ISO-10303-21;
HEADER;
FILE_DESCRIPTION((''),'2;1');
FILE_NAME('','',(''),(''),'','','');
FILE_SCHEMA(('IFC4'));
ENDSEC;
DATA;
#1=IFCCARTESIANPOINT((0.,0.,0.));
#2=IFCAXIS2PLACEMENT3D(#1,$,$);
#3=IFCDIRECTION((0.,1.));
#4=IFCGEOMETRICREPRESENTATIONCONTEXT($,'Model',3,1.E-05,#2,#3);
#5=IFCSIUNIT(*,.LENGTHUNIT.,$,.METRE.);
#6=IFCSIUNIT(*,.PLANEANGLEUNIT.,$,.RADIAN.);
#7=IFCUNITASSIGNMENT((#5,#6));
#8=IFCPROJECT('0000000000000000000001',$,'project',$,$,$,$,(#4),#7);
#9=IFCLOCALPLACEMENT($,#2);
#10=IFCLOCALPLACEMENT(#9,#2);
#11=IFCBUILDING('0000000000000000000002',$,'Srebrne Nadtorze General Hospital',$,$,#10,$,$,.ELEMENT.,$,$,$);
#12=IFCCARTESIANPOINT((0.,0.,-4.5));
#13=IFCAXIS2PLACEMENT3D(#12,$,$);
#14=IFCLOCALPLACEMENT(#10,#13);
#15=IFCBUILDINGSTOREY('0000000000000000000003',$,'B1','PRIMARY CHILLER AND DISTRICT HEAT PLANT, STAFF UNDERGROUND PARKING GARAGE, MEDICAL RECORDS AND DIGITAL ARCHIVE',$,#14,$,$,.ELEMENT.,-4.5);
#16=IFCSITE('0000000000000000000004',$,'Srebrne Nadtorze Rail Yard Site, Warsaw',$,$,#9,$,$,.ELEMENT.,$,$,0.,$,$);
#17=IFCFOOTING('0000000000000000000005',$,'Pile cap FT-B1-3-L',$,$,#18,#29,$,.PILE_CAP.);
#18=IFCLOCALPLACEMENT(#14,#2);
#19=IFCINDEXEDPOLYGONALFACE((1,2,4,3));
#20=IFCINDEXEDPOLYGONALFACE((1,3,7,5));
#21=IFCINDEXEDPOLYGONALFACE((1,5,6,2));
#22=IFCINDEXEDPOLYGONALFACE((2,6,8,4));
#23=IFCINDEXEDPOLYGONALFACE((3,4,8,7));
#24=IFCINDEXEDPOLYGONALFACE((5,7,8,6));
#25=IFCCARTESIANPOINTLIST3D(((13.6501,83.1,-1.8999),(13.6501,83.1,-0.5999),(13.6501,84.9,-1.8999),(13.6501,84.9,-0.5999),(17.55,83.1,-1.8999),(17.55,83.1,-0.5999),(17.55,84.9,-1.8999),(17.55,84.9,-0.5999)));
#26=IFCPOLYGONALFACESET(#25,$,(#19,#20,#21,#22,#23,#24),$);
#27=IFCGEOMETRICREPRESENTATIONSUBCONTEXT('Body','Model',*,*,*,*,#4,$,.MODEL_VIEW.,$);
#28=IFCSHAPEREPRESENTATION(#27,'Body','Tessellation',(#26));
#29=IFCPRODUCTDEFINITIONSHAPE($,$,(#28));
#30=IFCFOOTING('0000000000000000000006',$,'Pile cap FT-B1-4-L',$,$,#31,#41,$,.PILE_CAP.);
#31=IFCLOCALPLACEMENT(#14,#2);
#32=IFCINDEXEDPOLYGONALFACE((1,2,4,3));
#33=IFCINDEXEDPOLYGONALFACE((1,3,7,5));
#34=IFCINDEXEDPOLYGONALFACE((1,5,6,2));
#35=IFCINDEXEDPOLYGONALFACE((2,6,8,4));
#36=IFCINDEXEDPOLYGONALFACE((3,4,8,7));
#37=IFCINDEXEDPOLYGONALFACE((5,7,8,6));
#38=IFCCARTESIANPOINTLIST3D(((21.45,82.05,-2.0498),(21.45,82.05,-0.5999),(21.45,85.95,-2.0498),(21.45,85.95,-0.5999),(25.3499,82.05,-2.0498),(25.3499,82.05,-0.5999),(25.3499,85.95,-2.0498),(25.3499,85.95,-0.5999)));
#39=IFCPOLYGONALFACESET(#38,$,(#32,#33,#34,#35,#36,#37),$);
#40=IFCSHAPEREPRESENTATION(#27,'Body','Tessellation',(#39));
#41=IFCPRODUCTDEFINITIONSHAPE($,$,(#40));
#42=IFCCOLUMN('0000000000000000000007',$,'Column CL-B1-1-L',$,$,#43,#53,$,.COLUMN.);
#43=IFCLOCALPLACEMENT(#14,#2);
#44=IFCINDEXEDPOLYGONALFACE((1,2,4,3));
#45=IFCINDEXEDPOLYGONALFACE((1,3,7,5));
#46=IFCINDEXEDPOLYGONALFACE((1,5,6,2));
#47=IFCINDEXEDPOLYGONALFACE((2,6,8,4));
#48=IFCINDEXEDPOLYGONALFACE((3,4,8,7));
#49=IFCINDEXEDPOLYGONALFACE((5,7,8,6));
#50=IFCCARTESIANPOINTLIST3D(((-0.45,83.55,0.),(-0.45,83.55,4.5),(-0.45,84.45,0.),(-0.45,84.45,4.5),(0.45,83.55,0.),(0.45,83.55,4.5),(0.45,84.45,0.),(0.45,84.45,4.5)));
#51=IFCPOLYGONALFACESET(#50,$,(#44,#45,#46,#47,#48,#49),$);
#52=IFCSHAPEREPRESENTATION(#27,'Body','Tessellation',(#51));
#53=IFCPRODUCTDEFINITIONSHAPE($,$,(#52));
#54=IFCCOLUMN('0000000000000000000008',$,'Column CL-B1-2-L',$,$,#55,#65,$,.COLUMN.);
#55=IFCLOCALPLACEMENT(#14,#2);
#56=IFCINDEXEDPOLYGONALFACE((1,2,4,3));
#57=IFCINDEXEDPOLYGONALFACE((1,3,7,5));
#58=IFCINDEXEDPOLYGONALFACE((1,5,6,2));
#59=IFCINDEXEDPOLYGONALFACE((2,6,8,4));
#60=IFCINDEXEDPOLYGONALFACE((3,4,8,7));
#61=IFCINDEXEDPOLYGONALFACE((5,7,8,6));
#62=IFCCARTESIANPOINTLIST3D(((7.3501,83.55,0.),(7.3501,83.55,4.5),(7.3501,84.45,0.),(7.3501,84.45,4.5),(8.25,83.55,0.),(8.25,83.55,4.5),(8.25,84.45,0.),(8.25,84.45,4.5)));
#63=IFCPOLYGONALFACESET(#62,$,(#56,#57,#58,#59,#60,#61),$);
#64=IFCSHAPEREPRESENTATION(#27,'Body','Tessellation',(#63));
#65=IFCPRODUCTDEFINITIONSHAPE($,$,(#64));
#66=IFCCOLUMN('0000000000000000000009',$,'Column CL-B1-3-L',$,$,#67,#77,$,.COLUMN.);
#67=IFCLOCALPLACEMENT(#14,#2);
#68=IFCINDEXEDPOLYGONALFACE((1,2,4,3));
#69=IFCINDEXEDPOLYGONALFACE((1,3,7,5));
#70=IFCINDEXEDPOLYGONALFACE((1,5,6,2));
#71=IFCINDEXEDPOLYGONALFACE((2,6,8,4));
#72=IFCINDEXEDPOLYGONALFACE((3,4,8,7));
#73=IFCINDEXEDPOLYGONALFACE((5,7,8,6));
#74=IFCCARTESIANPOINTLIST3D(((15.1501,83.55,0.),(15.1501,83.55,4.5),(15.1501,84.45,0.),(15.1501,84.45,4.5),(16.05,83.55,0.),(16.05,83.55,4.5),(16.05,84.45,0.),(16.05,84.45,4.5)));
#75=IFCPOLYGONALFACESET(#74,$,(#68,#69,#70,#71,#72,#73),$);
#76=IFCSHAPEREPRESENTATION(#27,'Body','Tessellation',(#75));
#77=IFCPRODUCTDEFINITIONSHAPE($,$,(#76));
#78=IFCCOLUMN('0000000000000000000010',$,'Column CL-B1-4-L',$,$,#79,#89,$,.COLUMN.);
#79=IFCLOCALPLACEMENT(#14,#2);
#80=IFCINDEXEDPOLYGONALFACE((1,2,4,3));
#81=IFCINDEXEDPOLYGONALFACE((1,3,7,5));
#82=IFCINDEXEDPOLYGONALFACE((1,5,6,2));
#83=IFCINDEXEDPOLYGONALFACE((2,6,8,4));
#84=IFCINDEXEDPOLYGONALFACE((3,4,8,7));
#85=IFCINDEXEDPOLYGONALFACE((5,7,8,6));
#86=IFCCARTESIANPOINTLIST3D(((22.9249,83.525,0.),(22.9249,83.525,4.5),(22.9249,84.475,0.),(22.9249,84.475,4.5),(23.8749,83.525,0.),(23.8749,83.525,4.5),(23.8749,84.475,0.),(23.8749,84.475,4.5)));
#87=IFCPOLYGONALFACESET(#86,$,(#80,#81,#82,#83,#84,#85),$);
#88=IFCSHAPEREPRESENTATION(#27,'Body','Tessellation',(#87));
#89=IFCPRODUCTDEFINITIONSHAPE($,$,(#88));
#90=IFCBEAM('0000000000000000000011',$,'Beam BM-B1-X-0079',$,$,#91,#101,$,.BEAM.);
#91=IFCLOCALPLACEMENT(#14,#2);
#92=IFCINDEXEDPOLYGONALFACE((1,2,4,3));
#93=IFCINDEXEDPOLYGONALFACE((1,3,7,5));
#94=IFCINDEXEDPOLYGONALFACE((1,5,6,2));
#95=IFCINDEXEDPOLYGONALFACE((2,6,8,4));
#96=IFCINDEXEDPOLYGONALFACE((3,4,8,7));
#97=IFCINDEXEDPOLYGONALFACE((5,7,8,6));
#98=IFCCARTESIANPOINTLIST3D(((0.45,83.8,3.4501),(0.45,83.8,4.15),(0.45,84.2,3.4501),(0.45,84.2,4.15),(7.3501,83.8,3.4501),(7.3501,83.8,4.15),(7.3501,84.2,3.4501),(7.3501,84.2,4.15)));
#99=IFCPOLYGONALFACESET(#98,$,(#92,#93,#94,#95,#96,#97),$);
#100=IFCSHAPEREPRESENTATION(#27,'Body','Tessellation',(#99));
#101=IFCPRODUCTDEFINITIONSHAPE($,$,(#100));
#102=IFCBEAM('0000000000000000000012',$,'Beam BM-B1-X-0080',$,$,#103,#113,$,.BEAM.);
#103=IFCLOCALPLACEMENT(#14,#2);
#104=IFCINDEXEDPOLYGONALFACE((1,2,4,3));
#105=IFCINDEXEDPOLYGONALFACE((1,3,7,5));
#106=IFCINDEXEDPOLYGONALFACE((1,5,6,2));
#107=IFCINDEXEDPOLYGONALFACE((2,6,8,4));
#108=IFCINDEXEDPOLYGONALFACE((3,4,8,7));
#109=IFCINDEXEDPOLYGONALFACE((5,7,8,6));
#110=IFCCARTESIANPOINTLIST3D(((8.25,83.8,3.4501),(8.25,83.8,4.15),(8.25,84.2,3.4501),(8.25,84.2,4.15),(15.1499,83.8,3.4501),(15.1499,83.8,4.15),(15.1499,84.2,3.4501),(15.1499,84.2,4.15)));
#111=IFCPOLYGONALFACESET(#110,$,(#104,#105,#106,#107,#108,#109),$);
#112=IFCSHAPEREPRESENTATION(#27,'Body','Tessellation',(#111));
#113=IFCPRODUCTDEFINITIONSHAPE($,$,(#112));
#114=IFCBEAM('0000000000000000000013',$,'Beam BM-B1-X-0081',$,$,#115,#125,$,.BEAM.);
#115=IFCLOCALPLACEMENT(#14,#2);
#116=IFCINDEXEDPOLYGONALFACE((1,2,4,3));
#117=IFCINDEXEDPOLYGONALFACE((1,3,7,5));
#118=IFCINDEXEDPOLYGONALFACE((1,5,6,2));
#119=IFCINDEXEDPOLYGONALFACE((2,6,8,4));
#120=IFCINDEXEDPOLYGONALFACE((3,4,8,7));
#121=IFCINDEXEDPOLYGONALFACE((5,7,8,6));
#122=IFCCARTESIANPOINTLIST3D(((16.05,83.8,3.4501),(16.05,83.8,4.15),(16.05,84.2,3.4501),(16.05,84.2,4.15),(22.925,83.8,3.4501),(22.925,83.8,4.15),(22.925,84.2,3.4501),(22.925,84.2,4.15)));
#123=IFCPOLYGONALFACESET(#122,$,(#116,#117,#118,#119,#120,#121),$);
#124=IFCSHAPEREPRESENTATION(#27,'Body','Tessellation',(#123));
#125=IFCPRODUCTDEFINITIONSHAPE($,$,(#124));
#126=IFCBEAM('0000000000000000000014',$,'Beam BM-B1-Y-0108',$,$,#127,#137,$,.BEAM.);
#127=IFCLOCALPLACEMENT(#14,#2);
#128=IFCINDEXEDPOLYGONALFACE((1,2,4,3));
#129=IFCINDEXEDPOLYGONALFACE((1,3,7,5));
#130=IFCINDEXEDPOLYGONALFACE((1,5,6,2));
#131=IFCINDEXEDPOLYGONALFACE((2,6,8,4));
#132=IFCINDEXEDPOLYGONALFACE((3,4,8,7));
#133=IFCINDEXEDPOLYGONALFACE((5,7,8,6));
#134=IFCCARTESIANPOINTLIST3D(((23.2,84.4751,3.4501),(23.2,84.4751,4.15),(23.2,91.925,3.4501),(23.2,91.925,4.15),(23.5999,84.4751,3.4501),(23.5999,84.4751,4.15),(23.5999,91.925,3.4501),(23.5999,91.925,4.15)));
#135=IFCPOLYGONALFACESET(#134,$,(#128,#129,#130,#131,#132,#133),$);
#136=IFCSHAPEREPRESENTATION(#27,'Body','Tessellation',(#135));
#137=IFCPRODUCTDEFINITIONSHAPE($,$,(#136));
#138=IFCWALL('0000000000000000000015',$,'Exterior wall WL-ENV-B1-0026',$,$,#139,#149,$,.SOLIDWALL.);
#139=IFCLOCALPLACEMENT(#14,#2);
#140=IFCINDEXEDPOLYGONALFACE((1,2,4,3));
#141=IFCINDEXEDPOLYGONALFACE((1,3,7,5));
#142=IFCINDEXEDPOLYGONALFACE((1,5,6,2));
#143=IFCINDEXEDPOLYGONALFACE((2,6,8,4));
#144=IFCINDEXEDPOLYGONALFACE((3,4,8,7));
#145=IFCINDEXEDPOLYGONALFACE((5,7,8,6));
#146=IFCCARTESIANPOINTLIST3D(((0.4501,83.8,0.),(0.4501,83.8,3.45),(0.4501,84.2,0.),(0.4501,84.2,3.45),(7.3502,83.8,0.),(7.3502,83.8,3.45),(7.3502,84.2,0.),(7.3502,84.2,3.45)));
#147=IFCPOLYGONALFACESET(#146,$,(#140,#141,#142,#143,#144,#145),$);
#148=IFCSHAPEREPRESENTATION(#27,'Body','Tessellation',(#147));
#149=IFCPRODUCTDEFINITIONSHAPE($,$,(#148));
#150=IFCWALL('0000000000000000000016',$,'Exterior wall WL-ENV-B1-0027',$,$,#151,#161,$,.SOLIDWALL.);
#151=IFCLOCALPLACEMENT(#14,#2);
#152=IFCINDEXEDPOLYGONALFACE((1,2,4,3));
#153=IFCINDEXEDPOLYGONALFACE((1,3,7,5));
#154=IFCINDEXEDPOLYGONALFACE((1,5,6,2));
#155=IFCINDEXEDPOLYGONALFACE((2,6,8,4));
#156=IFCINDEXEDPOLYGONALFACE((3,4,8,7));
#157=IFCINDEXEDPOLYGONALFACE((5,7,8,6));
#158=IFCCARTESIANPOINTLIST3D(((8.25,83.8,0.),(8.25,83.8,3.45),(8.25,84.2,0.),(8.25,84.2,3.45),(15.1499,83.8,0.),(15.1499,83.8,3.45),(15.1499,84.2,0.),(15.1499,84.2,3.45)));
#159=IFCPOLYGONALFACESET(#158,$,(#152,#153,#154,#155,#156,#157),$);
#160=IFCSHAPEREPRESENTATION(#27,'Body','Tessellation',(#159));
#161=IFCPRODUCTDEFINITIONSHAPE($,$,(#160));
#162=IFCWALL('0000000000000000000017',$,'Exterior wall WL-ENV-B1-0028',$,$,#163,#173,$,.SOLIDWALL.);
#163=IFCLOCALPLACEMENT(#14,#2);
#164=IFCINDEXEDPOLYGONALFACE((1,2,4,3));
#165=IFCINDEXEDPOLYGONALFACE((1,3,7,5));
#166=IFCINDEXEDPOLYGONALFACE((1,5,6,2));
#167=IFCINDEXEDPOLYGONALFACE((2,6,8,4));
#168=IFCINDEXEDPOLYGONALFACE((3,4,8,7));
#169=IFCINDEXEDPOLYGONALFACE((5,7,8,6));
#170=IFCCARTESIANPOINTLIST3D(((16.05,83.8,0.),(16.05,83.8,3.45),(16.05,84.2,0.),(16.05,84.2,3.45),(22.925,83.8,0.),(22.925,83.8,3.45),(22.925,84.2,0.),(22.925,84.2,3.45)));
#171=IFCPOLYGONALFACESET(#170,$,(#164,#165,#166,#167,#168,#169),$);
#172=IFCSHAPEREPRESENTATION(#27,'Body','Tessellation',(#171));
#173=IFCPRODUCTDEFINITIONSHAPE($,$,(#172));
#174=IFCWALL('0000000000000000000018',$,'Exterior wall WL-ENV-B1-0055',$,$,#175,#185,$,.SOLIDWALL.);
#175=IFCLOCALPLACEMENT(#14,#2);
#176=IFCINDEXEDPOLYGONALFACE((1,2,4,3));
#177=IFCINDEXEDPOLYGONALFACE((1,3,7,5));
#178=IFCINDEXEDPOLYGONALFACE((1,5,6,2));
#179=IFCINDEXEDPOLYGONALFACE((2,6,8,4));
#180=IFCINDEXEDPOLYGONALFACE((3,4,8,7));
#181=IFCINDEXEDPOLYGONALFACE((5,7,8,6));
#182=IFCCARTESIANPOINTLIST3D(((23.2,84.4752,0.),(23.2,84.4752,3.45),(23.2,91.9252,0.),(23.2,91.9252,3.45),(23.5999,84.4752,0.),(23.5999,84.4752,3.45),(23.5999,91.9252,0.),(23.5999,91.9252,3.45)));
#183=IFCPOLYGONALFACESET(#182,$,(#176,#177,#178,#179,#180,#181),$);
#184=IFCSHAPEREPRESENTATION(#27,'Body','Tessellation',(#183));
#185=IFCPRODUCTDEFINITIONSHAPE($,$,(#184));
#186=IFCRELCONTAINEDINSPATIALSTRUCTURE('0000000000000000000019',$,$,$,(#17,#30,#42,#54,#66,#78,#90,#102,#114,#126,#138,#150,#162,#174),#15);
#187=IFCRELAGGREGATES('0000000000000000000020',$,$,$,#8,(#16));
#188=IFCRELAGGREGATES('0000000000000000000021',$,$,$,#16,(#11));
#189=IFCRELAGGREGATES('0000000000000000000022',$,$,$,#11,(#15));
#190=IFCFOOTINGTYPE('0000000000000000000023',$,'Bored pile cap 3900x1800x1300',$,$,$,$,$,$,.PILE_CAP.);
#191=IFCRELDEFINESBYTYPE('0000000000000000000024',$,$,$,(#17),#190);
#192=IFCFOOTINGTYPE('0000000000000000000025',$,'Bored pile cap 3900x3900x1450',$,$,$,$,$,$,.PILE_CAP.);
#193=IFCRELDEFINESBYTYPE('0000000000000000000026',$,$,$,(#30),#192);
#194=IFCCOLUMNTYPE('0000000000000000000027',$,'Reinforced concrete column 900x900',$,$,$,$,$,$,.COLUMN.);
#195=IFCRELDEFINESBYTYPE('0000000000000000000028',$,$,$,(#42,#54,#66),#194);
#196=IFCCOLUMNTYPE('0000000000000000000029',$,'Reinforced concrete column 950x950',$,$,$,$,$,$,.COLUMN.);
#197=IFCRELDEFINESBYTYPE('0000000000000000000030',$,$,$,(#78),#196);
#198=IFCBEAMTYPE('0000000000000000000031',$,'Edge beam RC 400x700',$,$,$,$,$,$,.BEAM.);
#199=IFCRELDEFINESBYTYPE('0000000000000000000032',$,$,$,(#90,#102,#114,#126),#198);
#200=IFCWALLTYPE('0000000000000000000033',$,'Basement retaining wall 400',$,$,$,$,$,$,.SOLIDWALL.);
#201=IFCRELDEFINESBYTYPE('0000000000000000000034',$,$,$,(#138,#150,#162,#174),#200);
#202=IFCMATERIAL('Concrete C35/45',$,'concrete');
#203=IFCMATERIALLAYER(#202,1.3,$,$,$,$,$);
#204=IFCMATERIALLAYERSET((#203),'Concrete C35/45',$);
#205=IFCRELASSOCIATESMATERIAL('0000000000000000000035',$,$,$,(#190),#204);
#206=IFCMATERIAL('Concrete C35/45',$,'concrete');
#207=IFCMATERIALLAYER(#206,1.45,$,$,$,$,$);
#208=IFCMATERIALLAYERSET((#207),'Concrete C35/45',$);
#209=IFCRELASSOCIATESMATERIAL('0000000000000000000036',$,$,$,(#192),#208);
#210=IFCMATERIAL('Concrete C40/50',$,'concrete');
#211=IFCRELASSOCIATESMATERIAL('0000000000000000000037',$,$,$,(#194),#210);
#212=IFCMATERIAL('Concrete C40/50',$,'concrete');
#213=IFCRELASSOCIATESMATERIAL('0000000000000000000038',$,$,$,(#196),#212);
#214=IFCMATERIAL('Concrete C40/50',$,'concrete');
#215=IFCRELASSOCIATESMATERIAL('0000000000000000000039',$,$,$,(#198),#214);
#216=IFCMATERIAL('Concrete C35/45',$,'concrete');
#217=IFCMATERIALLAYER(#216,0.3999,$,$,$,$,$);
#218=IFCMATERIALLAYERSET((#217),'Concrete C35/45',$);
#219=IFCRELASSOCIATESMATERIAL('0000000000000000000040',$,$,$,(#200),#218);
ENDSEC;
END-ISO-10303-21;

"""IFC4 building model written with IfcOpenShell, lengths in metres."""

from ifc_helpers import new_model, si_unit, direction, frame, frame_2d, origin, origin_2d, place, context, subcontext, project, spatial, rectangle, extrude, material, layer, layer_set, material_profile, profile_set, type_object, element, save


model = new_model("IFC4")

# Units and contexts
model_context = context("Model", 3, precision=1e-05, world=origin(), true_north=direction((0.0, 1.0)))
body_context = subcontext(model_context, "Body", "Model", "MODEL_VIEW")
ifc_project = project(units=[si_unit("LENGTHUNIT", "METRE"), si_unit("PLANEANGLEUNIT", "RADIAN")], contexts=[model_context])

# Site, building, storey
site_placement = place(None, origin())
site = spatial("IfcSite", under=ifc_project, at=site_placement, Name="Srebrne Nadtorze Rail Yard Site, Warsaw", CompositionType="ELEMENT", RefElevation=0.0)
building_placement = place(site_placement, origin())
building = spatial("IfcBuilding", under=site, at=building_placement, Name="Srebrne Nadtorze General Hospital", CompositionType="ELEMENT")
storey_placement = place(building_placement, frame((0.0, 0.0, -4.5)))
storey = spatial("IfcBuildingStorey", under=building, at=storey_placement, Name="B1", Description="PRIMARY CHILLER AND DISTRICT HEAT PLANT, STAFF UNDERGROUND PARKING GARAGE, MEDICAL RECORDS AND DIGITAL ARCHIVE", CompositionType="ELEMENT", Elevation=-4.5)

# Footings
ifc_material_1 = material(Name="Concrete C35/45", Category="concrete")
ifc_layer_1 = layer(ifc_material_1, 1.3)
ifc_layer_set_1 = layer_set([ifc_layer_1], Name="Concrete C35/45")
footing_type_1 = type_object("IfcFootingType", Name="Bored pile cap 3900x1800x1300", PredefinedType="PILE_CAP", material=ifc_layer_set_1)
for number, where, z_axis, x_axis, name in (
    (1, (15.6001, 84.0, -1.8999), (0.0, 0.0, 1.0), (1.0, 0.0, 0.0), "Pile cap FT-B1-3-L"),
):
    element("IfcFooting", number, at=place(storey_placement, frame(where, z_axis=z_axis, x_axis=x_axis)), inside=storey, type_object=footing_type_1, Name=name, PredefinedType="PILE_CAP", context=body_context, shape_type="SweptSolid", body=[
        extrude(rectangle(XDim=3.8999, YDim=1.8, at=origin_2d()), origin(), (0.0, 0.0, 1.0), 1.3),
    ])
ifc_material_2 = material(Name="Concrete C35/45", Category="concrete")
ifc_layer_2 = layer(ifc_material_2, 1.45)
ifc_layer_set_2 = layer_set([ifc_layer_2], Name="Concrete C35/45")
footing_type_2 = type_object("IfcFootingType", Name="Bored pile cap 3900x3900x1450", PredefinedType="PILE_CAP", material=ifc_layer_set_2)
footing_1_placement = place(storey_placement, frame((23.3999, 84.0, -2.0498), z_axis=(0.0, 0.0, 1.0), x_axis=(1.0, 0.0, 0.0)))
element("IfcFooting", 2, at=footing_1_placement, inside=storey, type_object=footing_type_2, Name="Pile cap FT-B1-4-L", PredefinedType="PILE_CAP", context=body_context, shape_type="SweptSolid", body=[
    extrude(rectangle(XDim=3.8999, YDim=3.8999, at=origin_2d()), origin(), (0.0, 0.0, 1.0), 1.45),
])

# Columns
ifc_material_3 = material(Name="Concrete C40/50", Category="concrete")
ifc_material_profile_1 = material_profile(ifc_material_3, rectangle(XDim=0.8999, YDim=0.8999, at=origin_2d()), Name="RC-COL-900x900")
ifc_profile_set_1 = profile_set([ifc_material_profile_1], Name="Concrete C40/50")
column_type_1 = type_object("IfcColumnType", Name="Reinforced concrete column 900x900", PredefinedType="COLUMN", material=ifc_profile_set_1)
for number, where, z_axis, x_axis, name in (
    (3, (0.0, 84.0, 0.0), (0.0, 0.0, 1.0), (1.0, 0.0, 0.0), "Column CL-B1-1-L"),
    (4, (7.8, 84.0, 0.0), (0.0, 0.0, 1.0), (1.0, 0.0, 0.0), "Column CL-B1-2-L"),
    (5, (15.6001, 84.0, 0.0), (0.0, 0.0, 1.0), (1.0, 0.0, 0.0), "Column CL-B1-3-L"),
):
    element("IfcColumn", number, at=place(storey_placement, frame(where, z_axis=z_axis, x_axis=x_axis)), inside=storey, type_object=column_type_1, Name=name, PredefinedType="COLUMN", context=body_context, shape_type="SweptSolid", body=[
        extrude(rectangle(XDim=0.8999, YDim=0.8999, at=origin_2d()), origin(), (0.0, 0.0, 1.0), 4.5),
    ])
ifc_material_4 = material(Name="Concrete C40/50", Category="concrete")
ifc_material_profile_2 = material_profile(ifc_material_4, rectangle(XDim=0.95, YDim=0.95, at=origin_2d()), Name="RC-COL-950x950")
ifc_profile_set_2 = profile_set([ifc_material_profile_2], Name="Concrete C40/50")
column_type_2 = type_object("IfcColumnType", Name="Reinforced concrete column 950x950", PredefinedType="COLUMN", material=ifc_profile_set_2)
column_placement = place(storey_placement, frame((23.3999, 84.0, 0.0), z_axis=(0.0, 0.0, 1.0), x_axis=(1.0, 0.0, 0.0)))
element("IfcColumn", 6, at=column_placement, inside=storey, type_object=column_type_2, Name="Column CL-B1-4-L", PredefinedType="COLUMN", context=body_context, shape_type="SweptSolid", body=[
    extrude(rectangle(XDim=0.95, YDim=0.95, at=origin_2d()), origin(), (0.0, 0.0, 1.0), 4.5),
])

# Beams
ifc_material_5 = material(Name="Concrete C40/50", Category="concrete")
ifc_material_profile_3 = material_profile(ifc_material_5, rectangle(XDim=0.3999, YDim=0.7, at=origin_2d()), Name="RC-BM-400x700")
ifc_profile_set_3 = profile_set([ifc_material_profile_3], Name="Concrete C40/50")
beam_type = type_object("IfcBeamType", Name="Edge beam RC 400x700", PredefinedType="BEAM", material=ifc_profile_set_3)
beam_1_placement = place(storey_placement, frame((0.45, 84.0, 3.8), z_axis=(1.0, 0.0, 0.0), x_axis=(0.0, 1.0, 0.0)))
element("IfcBeam", 7, at=beam_1_placement, inside=storey, type_object=beam_type, Name="Beam BM-B1-X-0079", PredefinedType="BEAM", context=body_context, shape_type="SweptSolid", body=[
    extrude(rectangle(XDim=0.3999, YDim=0.7, at=origin_2d()), origin(), (0.0, 0.0, 1.0), 6.9001),
])
beam_2_placement = place(storey_placement, frame((8.25, 84.0, 3.8), z_axis=(1.0, 0.0, 0.0), x_axis=(0.0, 1.0, 0.0)))
element("IfcBeam", 8, at=beam_2_placement, inside=storey, type_object=beam_type, Name="Beam BM-B1-X-0080", PredefinedType="BEAM", context=body_context, shape_type="SweptSolid", body=[
    extrude(rectangle(XDim=0.3999, YDim=0.7, at=origin_2d()), origin(), (0.0, 0.0, 1.0), 6.8999),
])
beam_3_placement = place(storey_placement, frame((16.05, 84.0, 3.8), z_axis=(1.0, 0.0, 0.0), x_axis=(0.0, 1.0, 0.0)))
element("IfcBeam", 9, at=beam_3_placement, inside=storey, type_object=beam_type, Name="Beam BM-B1-X-0081", PredefinedType="BEAM", context=body_context, shape_type="SweptSolid", body=[
    extrude(rectangle(XDim=0.3999, YDim=0.7, at=origin_2d()), origin(), (0.0, 0.0, 1.0), 6.875),
])
beam_4_placement = place(storey_placement, frame((23.3999, 84.4751, 3.8), z_axis=(0.0, 1.0, 0.0), x_axis=(-1.0, 0.0, 0.0)))
element("IfcBeam", 10, at=beam_4_placement, inside=storey, type_object=beam_type, Name="Beam BM-B1-Y-0108", PredefinedType="BEAM", context=body_context, shape_type="SweptSolid", body=[
    extrude(rectangle(XDim=0.3999, YDim=0.7, at=origin_2d()), origin(), (0.0, 0.0, 1.0), 7.45),
])

# Walls
ifc_material_6 = material(Name="Concrete C35/45", Category="concrete")
ifc_layer_3 = layer(ifc_material_6, 0.3999)
ifc_layer_set_3 = layer_set([ifc_layer_3], Name="Concrete C35/45")
wall_type_1 = type_object("IfcWallType", Name="Basement retaining wall 400", PredefinedType="SOLIDWALL", material=ifc_layer_set_3)
wall_1_placement = place(storey_placement, frame((0.45, 84.0, 0.0), z_axis=(0.0, 0.0, 1.0), x_axis=(1.0, 0.0, 0.0)))
element("IfcWall", 11, at=wall_1_placement, inside=storey, type_object=wall_type_1, Name="Exterior wall WL-ENV-B1-0026", PredefinedType="SOLIDWALL", context=body_context, shape_type="SweptSolid", body=[
    extrude(rectangle(XDim=6.9001, YDim=0.3999, at=frame_2d((3.4502, 0.0))), origin(), (0.0, 0.0, 1.0), 3.45),
])
wall_2_placement = place(storey_placement, frame((8.25, 84.0, 0.0), z_axis=(0.0, 0.0, 1.0), x_axis=(1.0, 0.0, 0.0)))
element("IfcWall", 12, at=wall_2_placement, inside=storey, type_object=wall_type_1, Name="Exterior wall WL-ENV-B1-0027", PredefinedType="SOLIDWALL", context=body_context, shape_type="SweptSolid", body=[
    extrude(rectangle(XDim=6.8999, YDim=0.3999, at=frame_2d((3.45, 0.0))), origin(), (0.0, 0.0, 1.0), 3.45),
])
wall_3_placement = place(storey_placement, frame((16.05, 84.0, 0.0), z_axis=(0.0, 0.0, 1.0), x_axis=(1.0, 0.0, 0.0)))
element("IfcWall", 13, at=wall_3_placement, inside=storey, type_object=wall_type_1, Name="Exterior wall WL-ENV-B1-0028", PredefinedType="SOLIDWALL", context=body_context, shape_type="SweptSolid", body=[
    extrude(rectangle(XDim=6.875, YDim=0.3999, at=frame_2d((3.4375, 0.0))), origin(), (0.0, 0.0, 1.0), 3.45),
])
wall_4_placement = place(storey_placement, frame((23.3999, 84.4751, 0.0), z_axis=(0.0, 0.0, 1.0), x_axis=(0.0, 1.0, 0.0)))
element("IfcWall", 14, at=wall_4_placement, inside=storey, type_object=wall_type_1, Name="Exterior wall WL-ENV-B1-0055", PredefinedType="SOLIDWALL", context=body_context, shape_type="SweptSolid", body=[
    extrude(rectangle(XDim=7.45, YDim=0.3999, at=frame_2d((3.7251, 0.0))), origin(), (0.0, 0.0, 1.0), 3.45),
])

save(model, "model.ifc")
